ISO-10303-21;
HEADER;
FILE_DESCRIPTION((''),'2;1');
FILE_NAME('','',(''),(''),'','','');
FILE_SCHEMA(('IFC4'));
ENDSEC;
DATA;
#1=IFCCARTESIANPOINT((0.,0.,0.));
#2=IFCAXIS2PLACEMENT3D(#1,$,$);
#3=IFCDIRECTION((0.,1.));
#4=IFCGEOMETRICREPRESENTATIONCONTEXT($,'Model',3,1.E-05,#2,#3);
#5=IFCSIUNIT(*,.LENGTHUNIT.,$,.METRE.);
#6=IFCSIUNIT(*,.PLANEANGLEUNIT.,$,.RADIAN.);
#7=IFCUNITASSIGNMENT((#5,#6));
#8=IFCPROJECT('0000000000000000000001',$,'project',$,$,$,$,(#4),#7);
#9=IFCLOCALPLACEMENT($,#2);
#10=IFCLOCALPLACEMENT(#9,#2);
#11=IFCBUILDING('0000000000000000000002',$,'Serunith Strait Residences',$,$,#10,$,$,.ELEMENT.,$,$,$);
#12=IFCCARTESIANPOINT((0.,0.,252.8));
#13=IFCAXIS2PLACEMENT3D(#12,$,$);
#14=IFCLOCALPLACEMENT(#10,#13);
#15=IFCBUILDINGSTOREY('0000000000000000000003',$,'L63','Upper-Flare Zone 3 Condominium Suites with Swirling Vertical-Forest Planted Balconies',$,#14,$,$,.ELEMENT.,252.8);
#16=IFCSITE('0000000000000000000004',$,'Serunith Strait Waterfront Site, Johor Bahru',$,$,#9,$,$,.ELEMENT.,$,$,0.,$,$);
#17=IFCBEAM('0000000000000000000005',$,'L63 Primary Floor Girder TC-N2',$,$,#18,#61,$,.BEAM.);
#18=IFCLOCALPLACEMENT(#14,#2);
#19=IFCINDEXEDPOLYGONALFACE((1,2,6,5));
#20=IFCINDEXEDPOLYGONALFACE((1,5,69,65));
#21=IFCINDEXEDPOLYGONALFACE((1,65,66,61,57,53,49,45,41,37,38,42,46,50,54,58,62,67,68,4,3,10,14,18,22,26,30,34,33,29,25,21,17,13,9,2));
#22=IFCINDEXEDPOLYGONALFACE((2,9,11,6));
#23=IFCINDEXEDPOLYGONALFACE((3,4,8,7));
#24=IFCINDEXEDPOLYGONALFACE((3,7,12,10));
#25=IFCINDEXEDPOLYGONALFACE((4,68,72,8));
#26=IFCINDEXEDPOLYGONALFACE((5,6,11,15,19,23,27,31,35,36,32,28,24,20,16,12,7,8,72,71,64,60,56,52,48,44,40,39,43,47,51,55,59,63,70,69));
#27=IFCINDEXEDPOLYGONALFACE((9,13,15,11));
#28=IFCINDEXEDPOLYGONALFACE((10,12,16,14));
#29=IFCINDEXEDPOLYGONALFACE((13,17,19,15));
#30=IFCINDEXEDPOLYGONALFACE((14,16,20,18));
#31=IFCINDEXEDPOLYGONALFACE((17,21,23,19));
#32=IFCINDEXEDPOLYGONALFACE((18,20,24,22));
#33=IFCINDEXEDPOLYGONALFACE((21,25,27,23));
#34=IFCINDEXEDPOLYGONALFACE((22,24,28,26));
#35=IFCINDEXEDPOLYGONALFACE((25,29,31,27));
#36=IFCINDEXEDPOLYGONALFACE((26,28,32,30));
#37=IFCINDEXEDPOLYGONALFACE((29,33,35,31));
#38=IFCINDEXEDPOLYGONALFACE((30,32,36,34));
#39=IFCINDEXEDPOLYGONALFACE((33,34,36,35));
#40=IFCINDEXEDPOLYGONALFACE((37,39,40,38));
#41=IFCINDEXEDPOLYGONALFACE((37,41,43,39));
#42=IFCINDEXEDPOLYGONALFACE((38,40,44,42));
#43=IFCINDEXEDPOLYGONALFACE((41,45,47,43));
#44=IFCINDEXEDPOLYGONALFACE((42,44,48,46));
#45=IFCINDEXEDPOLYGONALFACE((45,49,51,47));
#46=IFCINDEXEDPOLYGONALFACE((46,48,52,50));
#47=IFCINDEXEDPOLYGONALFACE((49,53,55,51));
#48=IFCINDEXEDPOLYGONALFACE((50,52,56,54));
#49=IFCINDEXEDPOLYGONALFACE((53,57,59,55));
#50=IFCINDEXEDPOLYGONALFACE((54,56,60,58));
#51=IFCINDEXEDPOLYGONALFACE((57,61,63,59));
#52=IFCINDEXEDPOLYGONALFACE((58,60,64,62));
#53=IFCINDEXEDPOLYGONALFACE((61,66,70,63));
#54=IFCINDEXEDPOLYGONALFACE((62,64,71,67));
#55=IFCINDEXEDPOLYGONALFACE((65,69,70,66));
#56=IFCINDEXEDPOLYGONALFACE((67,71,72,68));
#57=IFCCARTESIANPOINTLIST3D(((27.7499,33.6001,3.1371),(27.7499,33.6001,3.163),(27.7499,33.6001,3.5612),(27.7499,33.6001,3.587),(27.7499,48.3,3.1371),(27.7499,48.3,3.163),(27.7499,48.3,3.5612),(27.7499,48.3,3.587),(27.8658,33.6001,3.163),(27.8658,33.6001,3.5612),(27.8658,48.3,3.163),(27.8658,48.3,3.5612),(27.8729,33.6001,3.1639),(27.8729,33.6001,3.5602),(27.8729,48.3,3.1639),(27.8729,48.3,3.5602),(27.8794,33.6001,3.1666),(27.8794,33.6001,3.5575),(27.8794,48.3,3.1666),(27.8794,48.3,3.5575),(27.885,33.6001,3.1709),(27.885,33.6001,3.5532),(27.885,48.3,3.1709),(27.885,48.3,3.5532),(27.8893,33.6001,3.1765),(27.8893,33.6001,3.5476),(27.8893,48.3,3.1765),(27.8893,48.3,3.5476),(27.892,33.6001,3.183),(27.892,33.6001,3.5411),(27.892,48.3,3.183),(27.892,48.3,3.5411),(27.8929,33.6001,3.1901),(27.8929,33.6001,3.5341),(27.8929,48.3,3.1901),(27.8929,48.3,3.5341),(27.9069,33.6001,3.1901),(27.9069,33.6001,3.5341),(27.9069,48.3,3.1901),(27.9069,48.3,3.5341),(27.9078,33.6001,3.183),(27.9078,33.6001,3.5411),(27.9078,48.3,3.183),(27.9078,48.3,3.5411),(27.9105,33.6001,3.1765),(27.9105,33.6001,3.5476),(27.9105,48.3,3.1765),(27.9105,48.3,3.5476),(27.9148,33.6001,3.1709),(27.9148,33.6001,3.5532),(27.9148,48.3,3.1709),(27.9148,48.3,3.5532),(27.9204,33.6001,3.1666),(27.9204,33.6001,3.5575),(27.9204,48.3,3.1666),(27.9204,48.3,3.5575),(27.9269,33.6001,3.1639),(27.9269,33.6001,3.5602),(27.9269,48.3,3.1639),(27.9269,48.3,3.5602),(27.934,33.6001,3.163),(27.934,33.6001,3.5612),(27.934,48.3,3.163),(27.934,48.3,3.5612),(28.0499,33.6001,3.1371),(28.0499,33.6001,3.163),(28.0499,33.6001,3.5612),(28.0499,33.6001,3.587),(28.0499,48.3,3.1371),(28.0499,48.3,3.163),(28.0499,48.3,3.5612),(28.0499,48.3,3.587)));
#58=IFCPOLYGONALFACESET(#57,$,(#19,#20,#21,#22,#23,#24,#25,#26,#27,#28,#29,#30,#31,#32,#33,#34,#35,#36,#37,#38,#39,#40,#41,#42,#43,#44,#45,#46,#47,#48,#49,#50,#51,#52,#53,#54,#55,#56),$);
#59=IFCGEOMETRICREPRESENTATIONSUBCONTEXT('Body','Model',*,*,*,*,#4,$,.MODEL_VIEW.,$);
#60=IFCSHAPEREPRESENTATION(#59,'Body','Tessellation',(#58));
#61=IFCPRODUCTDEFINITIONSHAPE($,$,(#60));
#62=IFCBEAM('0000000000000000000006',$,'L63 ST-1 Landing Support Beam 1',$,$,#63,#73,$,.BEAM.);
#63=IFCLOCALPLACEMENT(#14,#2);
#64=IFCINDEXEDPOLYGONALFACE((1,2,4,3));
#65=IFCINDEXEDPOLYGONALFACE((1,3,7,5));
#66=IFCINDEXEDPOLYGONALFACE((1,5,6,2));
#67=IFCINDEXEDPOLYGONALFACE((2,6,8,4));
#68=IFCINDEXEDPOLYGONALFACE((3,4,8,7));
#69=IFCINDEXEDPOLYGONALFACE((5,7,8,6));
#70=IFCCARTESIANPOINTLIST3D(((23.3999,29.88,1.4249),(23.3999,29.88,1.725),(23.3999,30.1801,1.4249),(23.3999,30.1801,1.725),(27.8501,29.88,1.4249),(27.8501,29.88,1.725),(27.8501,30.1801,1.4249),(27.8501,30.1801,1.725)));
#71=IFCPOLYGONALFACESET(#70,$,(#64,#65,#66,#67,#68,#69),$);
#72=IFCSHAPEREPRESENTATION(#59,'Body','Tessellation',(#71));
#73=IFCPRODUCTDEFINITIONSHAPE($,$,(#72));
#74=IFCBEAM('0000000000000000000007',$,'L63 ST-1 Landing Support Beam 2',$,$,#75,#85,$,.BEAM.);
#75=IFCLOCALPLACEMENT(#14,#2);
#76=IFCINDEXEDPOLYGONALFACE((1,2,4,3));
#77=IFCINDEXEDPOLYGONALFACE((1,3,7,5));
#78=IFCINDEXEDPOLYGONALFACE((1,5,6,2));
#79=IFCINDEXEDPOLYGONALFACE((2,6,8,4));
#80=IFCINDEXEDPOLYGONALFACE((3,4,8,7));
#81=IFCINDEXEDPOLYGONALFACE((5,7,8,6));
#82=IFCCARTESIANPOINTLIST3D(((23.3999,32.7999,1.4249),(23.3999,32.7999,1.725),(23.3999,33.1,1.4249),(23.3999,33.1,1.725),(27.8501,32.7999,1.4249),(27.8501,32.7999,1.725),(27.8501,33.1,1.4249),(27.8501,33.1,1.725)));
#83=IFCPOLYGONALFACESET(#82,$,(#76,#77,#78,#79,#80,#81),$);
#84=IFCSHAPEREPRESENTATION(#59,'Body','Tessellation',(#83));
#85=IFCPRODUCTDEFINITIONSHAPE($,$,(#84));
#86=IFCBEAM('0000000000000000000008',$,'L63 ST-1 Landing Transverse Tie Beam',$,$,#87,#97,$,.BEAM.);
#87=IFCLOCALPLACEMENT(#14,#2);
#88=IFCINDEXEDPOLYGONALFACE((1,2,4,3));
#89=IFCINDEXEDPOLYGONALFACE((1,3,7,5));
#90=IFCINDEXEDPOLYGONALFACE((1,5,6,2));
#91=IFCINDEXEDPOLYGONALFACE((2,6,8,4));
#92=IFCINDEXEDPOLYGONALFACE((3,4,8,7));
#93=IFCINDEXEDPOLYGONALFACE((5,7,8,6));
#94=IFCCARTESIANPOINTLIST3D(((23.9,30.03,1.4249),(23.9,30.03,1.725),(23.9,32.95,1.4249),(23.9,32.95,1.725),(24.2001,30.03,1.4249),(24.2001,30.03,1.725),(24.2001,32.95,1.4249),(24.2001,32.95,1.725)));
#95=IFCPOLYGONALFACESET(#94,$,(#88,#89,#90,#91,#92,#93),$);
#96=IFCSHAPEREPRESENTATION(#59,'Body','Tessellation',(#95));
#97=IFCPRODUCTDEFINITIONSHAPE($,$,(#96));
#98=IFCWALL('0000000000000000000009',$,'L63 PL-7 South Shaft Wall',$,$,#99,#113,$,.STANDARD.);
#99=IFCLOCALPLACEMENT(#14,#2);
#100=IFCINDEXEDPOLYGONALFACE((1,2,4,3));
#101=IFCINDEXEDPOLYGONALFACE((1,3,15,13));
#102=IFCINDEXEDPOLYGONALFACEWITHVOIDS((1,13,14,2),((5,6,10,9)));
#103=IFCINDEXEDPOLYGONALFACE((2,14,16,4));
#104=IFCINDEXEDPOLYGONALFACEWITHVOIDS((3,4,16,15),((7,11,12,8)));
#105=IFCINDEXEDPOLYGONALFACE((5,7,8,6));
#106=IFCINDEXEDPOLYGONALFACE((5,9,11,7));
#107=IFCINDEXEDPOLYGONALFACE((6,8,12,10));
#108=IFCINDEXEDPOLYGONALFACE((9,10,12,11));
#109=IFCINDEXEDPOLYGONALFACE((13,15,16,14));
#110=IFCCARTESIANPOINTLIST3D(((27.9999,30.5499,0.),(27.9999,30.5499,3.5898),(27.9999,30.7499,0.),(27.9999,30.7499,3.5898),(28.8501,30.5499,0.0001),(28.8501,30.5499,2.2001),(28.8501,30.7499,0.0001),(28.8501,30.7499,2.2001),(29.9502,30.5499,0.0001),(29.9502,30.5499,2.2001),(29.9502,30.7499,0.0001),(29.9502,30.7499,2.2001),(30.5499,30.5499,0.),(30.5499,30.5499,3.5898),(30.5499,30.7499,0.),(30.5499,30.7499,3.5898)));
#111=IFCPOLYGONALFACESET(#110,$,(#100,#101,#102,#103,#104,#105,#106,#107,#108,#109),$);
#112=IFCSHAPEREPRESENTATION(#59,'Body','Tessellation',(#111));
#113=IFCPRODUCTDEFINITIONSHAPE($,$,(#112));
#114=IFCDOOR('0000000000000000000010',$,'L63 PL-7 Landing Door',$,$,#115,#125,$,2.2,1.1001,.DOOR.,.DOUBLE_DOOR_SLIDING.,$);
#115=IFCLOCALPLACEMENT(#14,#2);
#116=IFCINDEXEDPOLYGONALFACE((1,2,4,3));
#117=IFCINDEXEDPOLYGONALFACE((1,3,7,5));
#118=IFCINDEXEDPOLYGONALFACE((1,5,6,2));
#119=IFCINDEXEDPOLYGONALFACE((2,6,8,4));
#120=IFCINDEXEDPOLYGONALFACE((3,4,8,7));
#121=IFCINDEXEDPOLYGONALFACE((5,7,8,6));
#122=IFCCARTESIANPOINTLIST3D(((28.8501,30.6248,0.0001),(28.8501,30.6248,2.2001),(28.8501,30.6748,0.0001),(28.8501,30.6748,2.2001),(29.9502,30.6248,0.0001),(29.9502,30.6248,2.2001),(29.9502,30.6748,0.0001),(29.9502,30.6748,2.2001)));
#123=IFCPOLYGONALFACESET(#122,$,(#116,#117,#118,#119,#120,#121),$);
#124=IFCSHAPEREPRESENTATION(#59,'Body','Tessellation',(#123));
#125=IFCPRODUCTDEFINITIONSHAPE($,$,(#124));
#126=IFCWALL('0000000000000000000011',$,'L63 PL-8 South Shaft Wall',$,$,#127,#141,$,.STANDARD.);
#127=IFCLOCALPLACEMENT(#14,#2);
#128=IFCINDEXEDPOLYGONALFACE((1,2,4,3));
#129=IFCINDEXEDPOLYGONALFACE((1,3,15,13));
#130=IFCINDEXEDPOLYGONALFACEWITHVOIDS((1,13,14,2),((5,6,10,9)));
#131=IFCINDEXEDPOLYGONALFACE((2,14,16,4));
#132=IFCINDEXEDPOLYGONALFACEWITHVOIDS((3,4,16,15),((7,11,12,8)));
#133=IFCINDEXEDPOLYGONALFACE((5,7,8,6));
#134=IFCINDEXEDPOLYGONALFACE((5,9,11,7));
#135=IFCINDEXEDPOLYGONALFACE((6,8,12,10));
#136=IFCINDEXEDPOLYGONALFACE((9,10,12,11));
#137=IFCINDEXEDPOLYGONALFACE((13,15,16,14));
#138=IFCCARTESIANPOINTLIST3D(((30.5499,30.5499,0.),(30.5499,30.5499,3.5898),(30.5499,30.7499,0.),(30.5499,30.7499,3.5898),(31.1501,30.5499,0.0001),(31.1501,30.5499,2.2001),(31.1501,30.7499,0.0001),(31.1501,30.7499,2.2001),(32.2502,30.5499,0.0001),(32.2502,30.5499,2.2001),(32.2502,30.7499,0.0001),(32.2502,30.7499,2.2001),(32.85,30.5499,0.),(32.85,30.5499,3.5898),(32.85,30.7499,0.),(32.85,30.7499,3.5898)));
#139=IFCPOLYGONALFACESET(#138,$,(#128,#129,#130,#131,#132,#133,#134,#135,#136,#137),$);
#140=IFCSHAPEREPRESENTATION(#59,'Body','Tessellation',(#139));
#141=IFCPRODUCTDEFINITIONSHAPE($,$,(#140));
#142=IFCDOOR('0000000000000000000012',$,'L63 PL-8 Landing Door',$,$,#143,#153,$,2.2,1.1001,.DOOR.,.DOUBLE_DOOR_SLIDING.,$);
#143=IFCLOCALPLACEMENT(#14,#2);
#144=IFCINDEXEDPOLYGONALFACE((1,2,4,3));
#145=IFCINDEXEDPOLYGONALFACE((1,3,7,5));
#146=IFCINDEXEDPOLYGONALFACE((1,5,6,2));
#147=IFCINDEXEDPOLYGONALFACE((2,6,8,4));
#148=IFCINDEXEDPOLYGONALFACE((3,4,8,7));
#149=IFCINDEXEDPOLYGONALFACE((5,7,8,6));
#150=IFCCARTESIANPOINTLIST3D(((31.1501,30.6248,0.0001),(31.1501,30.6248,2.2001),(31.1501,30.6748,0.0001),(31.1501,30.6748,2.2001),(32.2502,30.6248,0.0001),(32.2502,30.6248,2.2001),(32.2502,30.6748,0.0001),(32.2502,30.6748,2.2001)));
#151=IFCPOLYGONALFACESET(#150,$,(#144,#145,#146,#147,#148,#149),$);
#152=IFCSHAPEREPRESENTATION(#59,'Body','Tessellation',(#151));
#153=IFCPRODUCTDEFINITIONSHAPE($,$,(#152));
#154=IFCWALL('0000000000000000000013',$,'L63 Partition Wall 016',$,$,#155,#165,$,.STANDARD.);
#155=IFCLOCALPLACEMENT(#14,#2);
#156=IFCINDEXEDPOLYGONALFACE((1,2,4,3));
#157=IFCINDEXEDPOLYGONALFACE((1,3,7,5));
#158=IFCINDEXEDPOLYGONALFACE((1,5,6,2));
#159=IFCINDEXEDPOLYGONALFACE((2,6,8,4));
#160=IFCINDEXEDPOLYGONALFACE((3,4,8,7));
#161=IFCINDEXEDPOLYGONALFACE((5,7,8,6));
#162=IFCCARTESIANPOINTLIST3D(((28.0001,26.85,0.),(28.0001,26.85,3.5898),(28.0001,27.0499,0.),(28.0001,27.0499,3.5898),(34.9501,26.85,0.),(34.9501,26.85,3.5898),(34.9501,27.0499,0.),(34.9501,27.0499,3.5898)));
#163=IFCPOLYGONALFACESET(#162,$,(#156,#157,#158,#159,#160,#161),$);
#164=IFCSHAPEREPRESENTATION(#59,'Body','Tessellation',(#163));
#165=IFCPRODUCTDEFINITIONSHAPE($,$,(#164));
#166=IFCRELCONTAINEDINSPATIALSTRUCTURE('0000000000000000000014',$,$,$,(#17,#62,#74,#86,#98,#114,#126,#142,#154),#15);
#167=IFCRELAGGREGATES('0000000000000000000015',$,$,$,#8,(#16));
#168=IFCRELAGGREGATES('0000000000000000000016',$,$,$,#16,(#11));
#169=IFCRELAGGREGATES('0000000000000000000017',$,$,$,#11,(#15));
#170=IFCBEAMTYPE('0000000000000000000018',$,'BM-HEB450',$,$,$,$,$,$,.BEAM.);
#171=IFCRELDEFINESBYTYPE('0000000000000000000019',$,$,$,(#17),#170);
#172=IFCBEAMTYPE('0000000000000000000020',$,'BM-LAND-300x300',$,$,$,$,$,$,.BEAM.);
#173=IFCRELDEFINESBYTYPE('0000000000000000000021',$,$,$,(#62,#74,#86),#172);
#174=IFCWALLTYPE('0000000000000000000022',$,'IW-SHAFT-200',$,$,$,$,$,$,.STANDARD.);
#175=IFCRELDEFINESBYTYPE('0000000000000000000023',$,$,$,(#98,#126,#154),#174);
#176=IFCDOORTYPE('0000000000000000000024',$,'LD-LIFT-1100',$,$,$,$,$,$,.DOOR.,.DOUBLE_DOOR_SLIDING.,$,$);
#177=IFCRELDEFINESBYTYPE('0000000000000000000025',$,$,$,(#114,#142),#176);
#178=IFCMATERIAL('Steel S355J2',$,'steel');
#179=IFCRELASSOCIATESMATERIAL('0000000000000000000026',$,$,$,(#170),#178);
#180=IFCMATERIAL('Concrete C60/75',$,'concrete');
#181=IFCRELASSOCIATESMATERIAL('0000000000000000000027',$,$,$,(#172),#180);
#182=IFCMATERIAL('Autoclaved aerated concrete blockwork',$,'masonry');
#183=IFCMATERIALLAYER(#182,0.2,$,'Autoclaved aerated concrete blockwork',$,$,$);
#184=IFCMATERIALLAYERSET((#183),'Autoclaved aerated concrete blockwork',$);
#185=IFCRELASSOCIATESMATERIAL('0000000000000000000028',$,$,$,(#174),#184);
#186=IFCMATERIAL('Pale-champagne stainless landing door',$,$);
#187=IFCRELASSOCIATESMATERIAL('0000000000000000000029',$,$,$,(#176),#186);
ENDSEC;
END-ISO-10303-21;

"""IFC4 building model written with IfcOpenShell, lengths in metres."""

from ifc_helpers import new_model, si_unit, direction, frame, frame_2d, origin, origin_2d, place, context, subcontext, project, spatial, rectangle, i_section, extrude, source, transform, mapped, material, layer, layer_set, material_profile, profile_set, type_object, element, fill, save


model = new_model("IFC4")

# Units and contexts
model_context = context("Model", 3, precision=1e-05, world=origin(), true_north=direction((0.0, 1.0)))
body_context = subcontext(model_context, "Body", "Model", "MODEL_VIEW")
ifc_project = project(units=[si_unit("LENGTHUNIT", "METRE"), si_unit("PLANEANGLEUNIT", "RADIAN")], contexts=[model_context])

# Site, building, storey
site_placement = place(None, origin())
site = spatial("IfcSite", under=ifc_project, at=site_placement, Name="Serunith Strait Waterfront Site, Johor Bahru", CompositionType="ELEMENT", RefElevation=0.0)
building_placement = place(site_placement, origin())
building = spatial("IfcBuilding", under=site, at=building_placement, Name="Serunith Strait Residences", CompositionType="ELEMENT")
storey_placement = place(building_placement, frame((0.0, 0.0, 252.8)))
storey = spatial("IfcBuildingStorey", under=building, at=storey_placement, Name="L63", Description="Upper-Flare Zone 3 Condominium Suites with Swirling Vertical-Forest Planted Balconies", CompositionType="ELEMENT", Elevation=252.8)

# Beams
ifc_material_1 = material(Name="Steel S355J2", Category="steel")
ifc_material_profile_1 = material_profile(ifc_material_1, i_section(OverallWidth=0.3, OverallDepth=0.45, WebThickness=0.0139, FlangeThickness=0.0259, FilletRadius=0.0271, at=origin_2d()), Name="HEB 450")
ifc_profile_set_1 = profile_set([ifc_material_profile_1], Name="Steel S355J2")
beam_type_1 = type_object("IfcBeamType", Name="BM-HEB450", PredefinedType="BEAM", material=ifc_profile_set_1)
shared_shape_1 = source(origin(), body_context, "Body", "SweptSolid", [
    extrude(i_section(OverallWidth=0.3, OverallDepth=0.45, WebThickness=0.0139, FlangeThickness=0.0259, FilletRadius=0.0271, at=origin_2d()), origin(), (0.0, 0.0, 1.0), 14.7),
])
beam_1_placement = place(storey_placement, frame((27.8999, 33.6001, 3.3621), z_axis=(0.0, 1.0, 0.0), x_axis=(-1.0, 0.0, 0.0)))
element("IfcBeam", 1, at=beam_1_placement, inside=storey, type_object=beam_type_1, Name="L63 Primary Floor Girder TC-N2", PredefinedType="BEAM", context=body_context, shape_type="MappedRepresentation", body=[
    mapped(shared_shape_1, transform((0.0, 0.0, 0.0), scale=1.0)),
])
ifc_material_2 = material(Name="Concrete C60/75", Category="concrete")
ifc_material_profile_2 = material_profile(ifc_material_2, rectangle(XDim=0.3, YDim=0.3, at=origin_2d()), Name="RC 300x300")
ifc_profile_set_2 = profile_set([ifc_material_profile_2], Name="Concrete C60/75")
beam_type_2 = type_object("IfcBeamType", Name="BM-LAND-300x300", PredefinedType="BEAM", material=ifc_profile_set_2)
shared_shape_2 = source(origin(), body_context, "Body", "SweptSolid", [
    extrude(rectangle(XDim=0.3, YDim=0.3, at=origin_2d()), origin(), (0.0, 0.0, 1.0), 4.4502),
])
for number, where, z_axis, x_axis, name in (
    (2, (23.3999, 30.03, 1.575), (1.0, 0.0, 0.0), (0.0, 1.0, 0.0), "L63 ST-1 Landing Support Beam 1"),
    (3, (23.3999, 32.95, 1.575), (1.0, 0.0, 0.0), (0.0, 1.0, 0.0), "L63 ST-1 Landing Support Beam 2"),
):
    element("IfcBeam", number, at=place(storey_placement, frame(where, z_axis=z_axis, x_axis=x_axis)), inside=storey, type_object=beam_type_2, Name=name, PredefinedType="BEAM", context=body_context, shape_type="MappedRepresentation", body=[
        mapped(shared_shape_2, transform((0.0, 0.0, 0.0), scale=1.0)),
    ])
shared_shape_3 = source(origin(), body_context, "Body", "SweptSolid", [
    extrude(rectangle(XDim=0.3, YDim=0.3, at=origin_2d()), origin(), (0.0, 0.0, 1.0), 2.9199),
])
beam_2_placement = place(storey_placement, frame((24.05, 30.03, 1.575), z_axis=(0.0, 1.0, 0.0), x_axis=(-1.0, 0.0, 0.0)))
element("IfcBeam", 4, at=beam_2_placement, inside=storey, type_object=beam_type_2, Name="L63 ST-1 Landing Transverse Tie Beam", PredefinedType="BEAM", context=body_context, shape_type="MappedRepresentation", body=[
    mapped(shared_shape_3, transform((0.0, 0.0, 0.0), scale=1.0)),
])

# Walls, openings, doors
ifc_material_3 = material(Name="Autoclaved aerated concrete blockwork", Category="masonry")
ifc_layer = layer(ifc_material_3, 0.2, Name="Autoclaved aerated concrete blockwork")
ifc_layer_set = layer_set([ifc_layer], Name="Autoclaved aerated concrete blockwork")
wall_type = type_object("IfcWallType", Name="IW-SHAFT-200", PredefinedType="STANDARD", material=ifc_layer_set)
wall_1_placement = place(storey_placement, frame((28.0, 30.6499, 0.0), z_axis=(0.0, 0.0, 1.0), x_axis=(1.0, 0.0, 0.0)))
wall_1 = element("IfcWall", 5, at=wall_1_placement, inside=storey, type_object=wall_type, Name="L63 PL-7 South Shaft Wall", PredefinedType="STANDARD", context=body_context, shape_type="SweptSolid", body=[
    extrude(rectangle(XDim=2.55, YDim=0.2, at=frame_2d((1.2749, 0.0))), origin(), (0.0, 0.0, 1.0), 3.5898),
])
opening_1_placement = place(wall_1_placement, frame((0.8501, 0.0, 0.0)))
opening_1 = element("IfcOpeningElement", 6, at=opening_1_placement, cuts=wall_1, PredefinedType="OPENING", context=body_context, shape_type="SweptSolid", body=[
    extrude(rectangle(XDim=1.1001, YDim=2.2, at=frame_2d((0.55, 1.1001))), frame((0.0, 0.1099, 0.0), z_axis=(0.0, -1.0, 0.0), x_axis=(1.0, 0.0, 0.0)), (0.0, 0.0, 1.0), 0.22),
])
ifc_material_4 = material(Name="Pale-champagne stainless landing door")
door_type_1 = type_object("IfcDoorType", Name="LD-LIFT-1100", OperationType="DOUBLE_DOOR_SLIDING", PredefinedType="DOOR", material=ifc_material_4)
shared_shape_4 = source(origin(), body_context, "Body", "SweptSolid", [
    extrude(rectangle(XDim=1.1001, YDim=2.2, at=frame_2d((0.55, 1.1001))), frame((0.0, 0.0249, 0.0), z_axis=(0.0, -1.0, 0.0), x_axis=(1.0, 0.0, 0.0)), (0.0, 0.0, 1.0), 0.05),
])
door_1_placement = place(opening_1_placement, origin())
door_1 = element("IfcDoor", 7, at=door_1_placement, inside=storey, type_object=door_type_1, Name="L63 PL-7 Landing Door", OperationType="DOUBLE_DOOR_SLIDING", OverallHeight=2.2, OverallWidth=1.1001, PredefinedType="DOOR", context=body_context, shape_type="MappedRepresentation", body=[
    mapped(shared_shape_4, transform((0.0, 0.0, 0.0), scale=1.0)),
])
fill(opening_1, door_1)
wall_2_placement = place(storey_placement, frame((30.55, 30.6499, 0.0), z_axis=(0.0, 0.0, 1.0), x_axis=(1.0, 0.0, 0.0)))
wall_2 = element("IfcWall", 8, at=wall_2_placement, inside=storey, type_object=wall_type, Name="L63 PL-8 South Shaft Wall", PredefinedType="STANDARD", context=body_context, shape_type="SweptSolid", body=[
    extrude(rectangle(XDim=2.3, YDim=0.2, at=frame_2d((1.1499, 0.0))), origin(), (0.0, 0.0, 1.0), 3.5898),
])
opening_2_placement = place(wall_2_placement, frame((0.6001, 0.0, 0.0)))
opening_2 = element("IfcOpeningElement", 9, at=opening_2_placement, cuts=wall_2, PredefinedType="OPENING", context=body_context, shape_type="SweptSolid", body=[
    extrude(rectangle(XDim=1.1001, YDim=2.2, at=frame_2d((0.55, 1.1001))), frame((0.0, 0.1099, 0.0), z_axis=(0.0, -1.0, 0.0), x_axis=(1.0, 0.0, 0.0)), (0.0, 0.0, 1.0), 0.22),
])
door_2_placement = place(opening_2_placement, origin())
door_2 = element("IfcDoor", 10, at=door_2_placement, inside=storey, type_object=door_type_1, Name="L63 PL-8 Landing Door", OperationType="DOUBLE_DOOR_SLIDING", OverallHeight=2.2, OverallWidth=1.1001, PredefinedType="DOOR", context=body_context, shape_type="MappedRepresentation", body=[
    mapped(shared_shape_4, transform((0.0, 0.0, 0.0), scale=1.0)),
])
fill(opening_2, door_2)

# Wall
wall_3_placement = place(storey_placement, frame((28.0, 26.95, 0.0), z_axis=(0.0, 0.0, 1.0), x_axis=(1.0, 0.0, 0.0)))
element("IfcWall", 11, at=wall_3_placement, inside=storey, type_object=wall_type, Name="L63 Partition Wall 016", PredefinedType="STANDARD", context=body_context, shape_type="SweptSolid", body=[
    extrude(rectangle(XDim=6.95, YDim=0.2, at=frame_2d((3.4751, 0.0))), origin(), (0.0, 0.0, 1.0), 3.5898),
])

save(model, "model.ifc")
